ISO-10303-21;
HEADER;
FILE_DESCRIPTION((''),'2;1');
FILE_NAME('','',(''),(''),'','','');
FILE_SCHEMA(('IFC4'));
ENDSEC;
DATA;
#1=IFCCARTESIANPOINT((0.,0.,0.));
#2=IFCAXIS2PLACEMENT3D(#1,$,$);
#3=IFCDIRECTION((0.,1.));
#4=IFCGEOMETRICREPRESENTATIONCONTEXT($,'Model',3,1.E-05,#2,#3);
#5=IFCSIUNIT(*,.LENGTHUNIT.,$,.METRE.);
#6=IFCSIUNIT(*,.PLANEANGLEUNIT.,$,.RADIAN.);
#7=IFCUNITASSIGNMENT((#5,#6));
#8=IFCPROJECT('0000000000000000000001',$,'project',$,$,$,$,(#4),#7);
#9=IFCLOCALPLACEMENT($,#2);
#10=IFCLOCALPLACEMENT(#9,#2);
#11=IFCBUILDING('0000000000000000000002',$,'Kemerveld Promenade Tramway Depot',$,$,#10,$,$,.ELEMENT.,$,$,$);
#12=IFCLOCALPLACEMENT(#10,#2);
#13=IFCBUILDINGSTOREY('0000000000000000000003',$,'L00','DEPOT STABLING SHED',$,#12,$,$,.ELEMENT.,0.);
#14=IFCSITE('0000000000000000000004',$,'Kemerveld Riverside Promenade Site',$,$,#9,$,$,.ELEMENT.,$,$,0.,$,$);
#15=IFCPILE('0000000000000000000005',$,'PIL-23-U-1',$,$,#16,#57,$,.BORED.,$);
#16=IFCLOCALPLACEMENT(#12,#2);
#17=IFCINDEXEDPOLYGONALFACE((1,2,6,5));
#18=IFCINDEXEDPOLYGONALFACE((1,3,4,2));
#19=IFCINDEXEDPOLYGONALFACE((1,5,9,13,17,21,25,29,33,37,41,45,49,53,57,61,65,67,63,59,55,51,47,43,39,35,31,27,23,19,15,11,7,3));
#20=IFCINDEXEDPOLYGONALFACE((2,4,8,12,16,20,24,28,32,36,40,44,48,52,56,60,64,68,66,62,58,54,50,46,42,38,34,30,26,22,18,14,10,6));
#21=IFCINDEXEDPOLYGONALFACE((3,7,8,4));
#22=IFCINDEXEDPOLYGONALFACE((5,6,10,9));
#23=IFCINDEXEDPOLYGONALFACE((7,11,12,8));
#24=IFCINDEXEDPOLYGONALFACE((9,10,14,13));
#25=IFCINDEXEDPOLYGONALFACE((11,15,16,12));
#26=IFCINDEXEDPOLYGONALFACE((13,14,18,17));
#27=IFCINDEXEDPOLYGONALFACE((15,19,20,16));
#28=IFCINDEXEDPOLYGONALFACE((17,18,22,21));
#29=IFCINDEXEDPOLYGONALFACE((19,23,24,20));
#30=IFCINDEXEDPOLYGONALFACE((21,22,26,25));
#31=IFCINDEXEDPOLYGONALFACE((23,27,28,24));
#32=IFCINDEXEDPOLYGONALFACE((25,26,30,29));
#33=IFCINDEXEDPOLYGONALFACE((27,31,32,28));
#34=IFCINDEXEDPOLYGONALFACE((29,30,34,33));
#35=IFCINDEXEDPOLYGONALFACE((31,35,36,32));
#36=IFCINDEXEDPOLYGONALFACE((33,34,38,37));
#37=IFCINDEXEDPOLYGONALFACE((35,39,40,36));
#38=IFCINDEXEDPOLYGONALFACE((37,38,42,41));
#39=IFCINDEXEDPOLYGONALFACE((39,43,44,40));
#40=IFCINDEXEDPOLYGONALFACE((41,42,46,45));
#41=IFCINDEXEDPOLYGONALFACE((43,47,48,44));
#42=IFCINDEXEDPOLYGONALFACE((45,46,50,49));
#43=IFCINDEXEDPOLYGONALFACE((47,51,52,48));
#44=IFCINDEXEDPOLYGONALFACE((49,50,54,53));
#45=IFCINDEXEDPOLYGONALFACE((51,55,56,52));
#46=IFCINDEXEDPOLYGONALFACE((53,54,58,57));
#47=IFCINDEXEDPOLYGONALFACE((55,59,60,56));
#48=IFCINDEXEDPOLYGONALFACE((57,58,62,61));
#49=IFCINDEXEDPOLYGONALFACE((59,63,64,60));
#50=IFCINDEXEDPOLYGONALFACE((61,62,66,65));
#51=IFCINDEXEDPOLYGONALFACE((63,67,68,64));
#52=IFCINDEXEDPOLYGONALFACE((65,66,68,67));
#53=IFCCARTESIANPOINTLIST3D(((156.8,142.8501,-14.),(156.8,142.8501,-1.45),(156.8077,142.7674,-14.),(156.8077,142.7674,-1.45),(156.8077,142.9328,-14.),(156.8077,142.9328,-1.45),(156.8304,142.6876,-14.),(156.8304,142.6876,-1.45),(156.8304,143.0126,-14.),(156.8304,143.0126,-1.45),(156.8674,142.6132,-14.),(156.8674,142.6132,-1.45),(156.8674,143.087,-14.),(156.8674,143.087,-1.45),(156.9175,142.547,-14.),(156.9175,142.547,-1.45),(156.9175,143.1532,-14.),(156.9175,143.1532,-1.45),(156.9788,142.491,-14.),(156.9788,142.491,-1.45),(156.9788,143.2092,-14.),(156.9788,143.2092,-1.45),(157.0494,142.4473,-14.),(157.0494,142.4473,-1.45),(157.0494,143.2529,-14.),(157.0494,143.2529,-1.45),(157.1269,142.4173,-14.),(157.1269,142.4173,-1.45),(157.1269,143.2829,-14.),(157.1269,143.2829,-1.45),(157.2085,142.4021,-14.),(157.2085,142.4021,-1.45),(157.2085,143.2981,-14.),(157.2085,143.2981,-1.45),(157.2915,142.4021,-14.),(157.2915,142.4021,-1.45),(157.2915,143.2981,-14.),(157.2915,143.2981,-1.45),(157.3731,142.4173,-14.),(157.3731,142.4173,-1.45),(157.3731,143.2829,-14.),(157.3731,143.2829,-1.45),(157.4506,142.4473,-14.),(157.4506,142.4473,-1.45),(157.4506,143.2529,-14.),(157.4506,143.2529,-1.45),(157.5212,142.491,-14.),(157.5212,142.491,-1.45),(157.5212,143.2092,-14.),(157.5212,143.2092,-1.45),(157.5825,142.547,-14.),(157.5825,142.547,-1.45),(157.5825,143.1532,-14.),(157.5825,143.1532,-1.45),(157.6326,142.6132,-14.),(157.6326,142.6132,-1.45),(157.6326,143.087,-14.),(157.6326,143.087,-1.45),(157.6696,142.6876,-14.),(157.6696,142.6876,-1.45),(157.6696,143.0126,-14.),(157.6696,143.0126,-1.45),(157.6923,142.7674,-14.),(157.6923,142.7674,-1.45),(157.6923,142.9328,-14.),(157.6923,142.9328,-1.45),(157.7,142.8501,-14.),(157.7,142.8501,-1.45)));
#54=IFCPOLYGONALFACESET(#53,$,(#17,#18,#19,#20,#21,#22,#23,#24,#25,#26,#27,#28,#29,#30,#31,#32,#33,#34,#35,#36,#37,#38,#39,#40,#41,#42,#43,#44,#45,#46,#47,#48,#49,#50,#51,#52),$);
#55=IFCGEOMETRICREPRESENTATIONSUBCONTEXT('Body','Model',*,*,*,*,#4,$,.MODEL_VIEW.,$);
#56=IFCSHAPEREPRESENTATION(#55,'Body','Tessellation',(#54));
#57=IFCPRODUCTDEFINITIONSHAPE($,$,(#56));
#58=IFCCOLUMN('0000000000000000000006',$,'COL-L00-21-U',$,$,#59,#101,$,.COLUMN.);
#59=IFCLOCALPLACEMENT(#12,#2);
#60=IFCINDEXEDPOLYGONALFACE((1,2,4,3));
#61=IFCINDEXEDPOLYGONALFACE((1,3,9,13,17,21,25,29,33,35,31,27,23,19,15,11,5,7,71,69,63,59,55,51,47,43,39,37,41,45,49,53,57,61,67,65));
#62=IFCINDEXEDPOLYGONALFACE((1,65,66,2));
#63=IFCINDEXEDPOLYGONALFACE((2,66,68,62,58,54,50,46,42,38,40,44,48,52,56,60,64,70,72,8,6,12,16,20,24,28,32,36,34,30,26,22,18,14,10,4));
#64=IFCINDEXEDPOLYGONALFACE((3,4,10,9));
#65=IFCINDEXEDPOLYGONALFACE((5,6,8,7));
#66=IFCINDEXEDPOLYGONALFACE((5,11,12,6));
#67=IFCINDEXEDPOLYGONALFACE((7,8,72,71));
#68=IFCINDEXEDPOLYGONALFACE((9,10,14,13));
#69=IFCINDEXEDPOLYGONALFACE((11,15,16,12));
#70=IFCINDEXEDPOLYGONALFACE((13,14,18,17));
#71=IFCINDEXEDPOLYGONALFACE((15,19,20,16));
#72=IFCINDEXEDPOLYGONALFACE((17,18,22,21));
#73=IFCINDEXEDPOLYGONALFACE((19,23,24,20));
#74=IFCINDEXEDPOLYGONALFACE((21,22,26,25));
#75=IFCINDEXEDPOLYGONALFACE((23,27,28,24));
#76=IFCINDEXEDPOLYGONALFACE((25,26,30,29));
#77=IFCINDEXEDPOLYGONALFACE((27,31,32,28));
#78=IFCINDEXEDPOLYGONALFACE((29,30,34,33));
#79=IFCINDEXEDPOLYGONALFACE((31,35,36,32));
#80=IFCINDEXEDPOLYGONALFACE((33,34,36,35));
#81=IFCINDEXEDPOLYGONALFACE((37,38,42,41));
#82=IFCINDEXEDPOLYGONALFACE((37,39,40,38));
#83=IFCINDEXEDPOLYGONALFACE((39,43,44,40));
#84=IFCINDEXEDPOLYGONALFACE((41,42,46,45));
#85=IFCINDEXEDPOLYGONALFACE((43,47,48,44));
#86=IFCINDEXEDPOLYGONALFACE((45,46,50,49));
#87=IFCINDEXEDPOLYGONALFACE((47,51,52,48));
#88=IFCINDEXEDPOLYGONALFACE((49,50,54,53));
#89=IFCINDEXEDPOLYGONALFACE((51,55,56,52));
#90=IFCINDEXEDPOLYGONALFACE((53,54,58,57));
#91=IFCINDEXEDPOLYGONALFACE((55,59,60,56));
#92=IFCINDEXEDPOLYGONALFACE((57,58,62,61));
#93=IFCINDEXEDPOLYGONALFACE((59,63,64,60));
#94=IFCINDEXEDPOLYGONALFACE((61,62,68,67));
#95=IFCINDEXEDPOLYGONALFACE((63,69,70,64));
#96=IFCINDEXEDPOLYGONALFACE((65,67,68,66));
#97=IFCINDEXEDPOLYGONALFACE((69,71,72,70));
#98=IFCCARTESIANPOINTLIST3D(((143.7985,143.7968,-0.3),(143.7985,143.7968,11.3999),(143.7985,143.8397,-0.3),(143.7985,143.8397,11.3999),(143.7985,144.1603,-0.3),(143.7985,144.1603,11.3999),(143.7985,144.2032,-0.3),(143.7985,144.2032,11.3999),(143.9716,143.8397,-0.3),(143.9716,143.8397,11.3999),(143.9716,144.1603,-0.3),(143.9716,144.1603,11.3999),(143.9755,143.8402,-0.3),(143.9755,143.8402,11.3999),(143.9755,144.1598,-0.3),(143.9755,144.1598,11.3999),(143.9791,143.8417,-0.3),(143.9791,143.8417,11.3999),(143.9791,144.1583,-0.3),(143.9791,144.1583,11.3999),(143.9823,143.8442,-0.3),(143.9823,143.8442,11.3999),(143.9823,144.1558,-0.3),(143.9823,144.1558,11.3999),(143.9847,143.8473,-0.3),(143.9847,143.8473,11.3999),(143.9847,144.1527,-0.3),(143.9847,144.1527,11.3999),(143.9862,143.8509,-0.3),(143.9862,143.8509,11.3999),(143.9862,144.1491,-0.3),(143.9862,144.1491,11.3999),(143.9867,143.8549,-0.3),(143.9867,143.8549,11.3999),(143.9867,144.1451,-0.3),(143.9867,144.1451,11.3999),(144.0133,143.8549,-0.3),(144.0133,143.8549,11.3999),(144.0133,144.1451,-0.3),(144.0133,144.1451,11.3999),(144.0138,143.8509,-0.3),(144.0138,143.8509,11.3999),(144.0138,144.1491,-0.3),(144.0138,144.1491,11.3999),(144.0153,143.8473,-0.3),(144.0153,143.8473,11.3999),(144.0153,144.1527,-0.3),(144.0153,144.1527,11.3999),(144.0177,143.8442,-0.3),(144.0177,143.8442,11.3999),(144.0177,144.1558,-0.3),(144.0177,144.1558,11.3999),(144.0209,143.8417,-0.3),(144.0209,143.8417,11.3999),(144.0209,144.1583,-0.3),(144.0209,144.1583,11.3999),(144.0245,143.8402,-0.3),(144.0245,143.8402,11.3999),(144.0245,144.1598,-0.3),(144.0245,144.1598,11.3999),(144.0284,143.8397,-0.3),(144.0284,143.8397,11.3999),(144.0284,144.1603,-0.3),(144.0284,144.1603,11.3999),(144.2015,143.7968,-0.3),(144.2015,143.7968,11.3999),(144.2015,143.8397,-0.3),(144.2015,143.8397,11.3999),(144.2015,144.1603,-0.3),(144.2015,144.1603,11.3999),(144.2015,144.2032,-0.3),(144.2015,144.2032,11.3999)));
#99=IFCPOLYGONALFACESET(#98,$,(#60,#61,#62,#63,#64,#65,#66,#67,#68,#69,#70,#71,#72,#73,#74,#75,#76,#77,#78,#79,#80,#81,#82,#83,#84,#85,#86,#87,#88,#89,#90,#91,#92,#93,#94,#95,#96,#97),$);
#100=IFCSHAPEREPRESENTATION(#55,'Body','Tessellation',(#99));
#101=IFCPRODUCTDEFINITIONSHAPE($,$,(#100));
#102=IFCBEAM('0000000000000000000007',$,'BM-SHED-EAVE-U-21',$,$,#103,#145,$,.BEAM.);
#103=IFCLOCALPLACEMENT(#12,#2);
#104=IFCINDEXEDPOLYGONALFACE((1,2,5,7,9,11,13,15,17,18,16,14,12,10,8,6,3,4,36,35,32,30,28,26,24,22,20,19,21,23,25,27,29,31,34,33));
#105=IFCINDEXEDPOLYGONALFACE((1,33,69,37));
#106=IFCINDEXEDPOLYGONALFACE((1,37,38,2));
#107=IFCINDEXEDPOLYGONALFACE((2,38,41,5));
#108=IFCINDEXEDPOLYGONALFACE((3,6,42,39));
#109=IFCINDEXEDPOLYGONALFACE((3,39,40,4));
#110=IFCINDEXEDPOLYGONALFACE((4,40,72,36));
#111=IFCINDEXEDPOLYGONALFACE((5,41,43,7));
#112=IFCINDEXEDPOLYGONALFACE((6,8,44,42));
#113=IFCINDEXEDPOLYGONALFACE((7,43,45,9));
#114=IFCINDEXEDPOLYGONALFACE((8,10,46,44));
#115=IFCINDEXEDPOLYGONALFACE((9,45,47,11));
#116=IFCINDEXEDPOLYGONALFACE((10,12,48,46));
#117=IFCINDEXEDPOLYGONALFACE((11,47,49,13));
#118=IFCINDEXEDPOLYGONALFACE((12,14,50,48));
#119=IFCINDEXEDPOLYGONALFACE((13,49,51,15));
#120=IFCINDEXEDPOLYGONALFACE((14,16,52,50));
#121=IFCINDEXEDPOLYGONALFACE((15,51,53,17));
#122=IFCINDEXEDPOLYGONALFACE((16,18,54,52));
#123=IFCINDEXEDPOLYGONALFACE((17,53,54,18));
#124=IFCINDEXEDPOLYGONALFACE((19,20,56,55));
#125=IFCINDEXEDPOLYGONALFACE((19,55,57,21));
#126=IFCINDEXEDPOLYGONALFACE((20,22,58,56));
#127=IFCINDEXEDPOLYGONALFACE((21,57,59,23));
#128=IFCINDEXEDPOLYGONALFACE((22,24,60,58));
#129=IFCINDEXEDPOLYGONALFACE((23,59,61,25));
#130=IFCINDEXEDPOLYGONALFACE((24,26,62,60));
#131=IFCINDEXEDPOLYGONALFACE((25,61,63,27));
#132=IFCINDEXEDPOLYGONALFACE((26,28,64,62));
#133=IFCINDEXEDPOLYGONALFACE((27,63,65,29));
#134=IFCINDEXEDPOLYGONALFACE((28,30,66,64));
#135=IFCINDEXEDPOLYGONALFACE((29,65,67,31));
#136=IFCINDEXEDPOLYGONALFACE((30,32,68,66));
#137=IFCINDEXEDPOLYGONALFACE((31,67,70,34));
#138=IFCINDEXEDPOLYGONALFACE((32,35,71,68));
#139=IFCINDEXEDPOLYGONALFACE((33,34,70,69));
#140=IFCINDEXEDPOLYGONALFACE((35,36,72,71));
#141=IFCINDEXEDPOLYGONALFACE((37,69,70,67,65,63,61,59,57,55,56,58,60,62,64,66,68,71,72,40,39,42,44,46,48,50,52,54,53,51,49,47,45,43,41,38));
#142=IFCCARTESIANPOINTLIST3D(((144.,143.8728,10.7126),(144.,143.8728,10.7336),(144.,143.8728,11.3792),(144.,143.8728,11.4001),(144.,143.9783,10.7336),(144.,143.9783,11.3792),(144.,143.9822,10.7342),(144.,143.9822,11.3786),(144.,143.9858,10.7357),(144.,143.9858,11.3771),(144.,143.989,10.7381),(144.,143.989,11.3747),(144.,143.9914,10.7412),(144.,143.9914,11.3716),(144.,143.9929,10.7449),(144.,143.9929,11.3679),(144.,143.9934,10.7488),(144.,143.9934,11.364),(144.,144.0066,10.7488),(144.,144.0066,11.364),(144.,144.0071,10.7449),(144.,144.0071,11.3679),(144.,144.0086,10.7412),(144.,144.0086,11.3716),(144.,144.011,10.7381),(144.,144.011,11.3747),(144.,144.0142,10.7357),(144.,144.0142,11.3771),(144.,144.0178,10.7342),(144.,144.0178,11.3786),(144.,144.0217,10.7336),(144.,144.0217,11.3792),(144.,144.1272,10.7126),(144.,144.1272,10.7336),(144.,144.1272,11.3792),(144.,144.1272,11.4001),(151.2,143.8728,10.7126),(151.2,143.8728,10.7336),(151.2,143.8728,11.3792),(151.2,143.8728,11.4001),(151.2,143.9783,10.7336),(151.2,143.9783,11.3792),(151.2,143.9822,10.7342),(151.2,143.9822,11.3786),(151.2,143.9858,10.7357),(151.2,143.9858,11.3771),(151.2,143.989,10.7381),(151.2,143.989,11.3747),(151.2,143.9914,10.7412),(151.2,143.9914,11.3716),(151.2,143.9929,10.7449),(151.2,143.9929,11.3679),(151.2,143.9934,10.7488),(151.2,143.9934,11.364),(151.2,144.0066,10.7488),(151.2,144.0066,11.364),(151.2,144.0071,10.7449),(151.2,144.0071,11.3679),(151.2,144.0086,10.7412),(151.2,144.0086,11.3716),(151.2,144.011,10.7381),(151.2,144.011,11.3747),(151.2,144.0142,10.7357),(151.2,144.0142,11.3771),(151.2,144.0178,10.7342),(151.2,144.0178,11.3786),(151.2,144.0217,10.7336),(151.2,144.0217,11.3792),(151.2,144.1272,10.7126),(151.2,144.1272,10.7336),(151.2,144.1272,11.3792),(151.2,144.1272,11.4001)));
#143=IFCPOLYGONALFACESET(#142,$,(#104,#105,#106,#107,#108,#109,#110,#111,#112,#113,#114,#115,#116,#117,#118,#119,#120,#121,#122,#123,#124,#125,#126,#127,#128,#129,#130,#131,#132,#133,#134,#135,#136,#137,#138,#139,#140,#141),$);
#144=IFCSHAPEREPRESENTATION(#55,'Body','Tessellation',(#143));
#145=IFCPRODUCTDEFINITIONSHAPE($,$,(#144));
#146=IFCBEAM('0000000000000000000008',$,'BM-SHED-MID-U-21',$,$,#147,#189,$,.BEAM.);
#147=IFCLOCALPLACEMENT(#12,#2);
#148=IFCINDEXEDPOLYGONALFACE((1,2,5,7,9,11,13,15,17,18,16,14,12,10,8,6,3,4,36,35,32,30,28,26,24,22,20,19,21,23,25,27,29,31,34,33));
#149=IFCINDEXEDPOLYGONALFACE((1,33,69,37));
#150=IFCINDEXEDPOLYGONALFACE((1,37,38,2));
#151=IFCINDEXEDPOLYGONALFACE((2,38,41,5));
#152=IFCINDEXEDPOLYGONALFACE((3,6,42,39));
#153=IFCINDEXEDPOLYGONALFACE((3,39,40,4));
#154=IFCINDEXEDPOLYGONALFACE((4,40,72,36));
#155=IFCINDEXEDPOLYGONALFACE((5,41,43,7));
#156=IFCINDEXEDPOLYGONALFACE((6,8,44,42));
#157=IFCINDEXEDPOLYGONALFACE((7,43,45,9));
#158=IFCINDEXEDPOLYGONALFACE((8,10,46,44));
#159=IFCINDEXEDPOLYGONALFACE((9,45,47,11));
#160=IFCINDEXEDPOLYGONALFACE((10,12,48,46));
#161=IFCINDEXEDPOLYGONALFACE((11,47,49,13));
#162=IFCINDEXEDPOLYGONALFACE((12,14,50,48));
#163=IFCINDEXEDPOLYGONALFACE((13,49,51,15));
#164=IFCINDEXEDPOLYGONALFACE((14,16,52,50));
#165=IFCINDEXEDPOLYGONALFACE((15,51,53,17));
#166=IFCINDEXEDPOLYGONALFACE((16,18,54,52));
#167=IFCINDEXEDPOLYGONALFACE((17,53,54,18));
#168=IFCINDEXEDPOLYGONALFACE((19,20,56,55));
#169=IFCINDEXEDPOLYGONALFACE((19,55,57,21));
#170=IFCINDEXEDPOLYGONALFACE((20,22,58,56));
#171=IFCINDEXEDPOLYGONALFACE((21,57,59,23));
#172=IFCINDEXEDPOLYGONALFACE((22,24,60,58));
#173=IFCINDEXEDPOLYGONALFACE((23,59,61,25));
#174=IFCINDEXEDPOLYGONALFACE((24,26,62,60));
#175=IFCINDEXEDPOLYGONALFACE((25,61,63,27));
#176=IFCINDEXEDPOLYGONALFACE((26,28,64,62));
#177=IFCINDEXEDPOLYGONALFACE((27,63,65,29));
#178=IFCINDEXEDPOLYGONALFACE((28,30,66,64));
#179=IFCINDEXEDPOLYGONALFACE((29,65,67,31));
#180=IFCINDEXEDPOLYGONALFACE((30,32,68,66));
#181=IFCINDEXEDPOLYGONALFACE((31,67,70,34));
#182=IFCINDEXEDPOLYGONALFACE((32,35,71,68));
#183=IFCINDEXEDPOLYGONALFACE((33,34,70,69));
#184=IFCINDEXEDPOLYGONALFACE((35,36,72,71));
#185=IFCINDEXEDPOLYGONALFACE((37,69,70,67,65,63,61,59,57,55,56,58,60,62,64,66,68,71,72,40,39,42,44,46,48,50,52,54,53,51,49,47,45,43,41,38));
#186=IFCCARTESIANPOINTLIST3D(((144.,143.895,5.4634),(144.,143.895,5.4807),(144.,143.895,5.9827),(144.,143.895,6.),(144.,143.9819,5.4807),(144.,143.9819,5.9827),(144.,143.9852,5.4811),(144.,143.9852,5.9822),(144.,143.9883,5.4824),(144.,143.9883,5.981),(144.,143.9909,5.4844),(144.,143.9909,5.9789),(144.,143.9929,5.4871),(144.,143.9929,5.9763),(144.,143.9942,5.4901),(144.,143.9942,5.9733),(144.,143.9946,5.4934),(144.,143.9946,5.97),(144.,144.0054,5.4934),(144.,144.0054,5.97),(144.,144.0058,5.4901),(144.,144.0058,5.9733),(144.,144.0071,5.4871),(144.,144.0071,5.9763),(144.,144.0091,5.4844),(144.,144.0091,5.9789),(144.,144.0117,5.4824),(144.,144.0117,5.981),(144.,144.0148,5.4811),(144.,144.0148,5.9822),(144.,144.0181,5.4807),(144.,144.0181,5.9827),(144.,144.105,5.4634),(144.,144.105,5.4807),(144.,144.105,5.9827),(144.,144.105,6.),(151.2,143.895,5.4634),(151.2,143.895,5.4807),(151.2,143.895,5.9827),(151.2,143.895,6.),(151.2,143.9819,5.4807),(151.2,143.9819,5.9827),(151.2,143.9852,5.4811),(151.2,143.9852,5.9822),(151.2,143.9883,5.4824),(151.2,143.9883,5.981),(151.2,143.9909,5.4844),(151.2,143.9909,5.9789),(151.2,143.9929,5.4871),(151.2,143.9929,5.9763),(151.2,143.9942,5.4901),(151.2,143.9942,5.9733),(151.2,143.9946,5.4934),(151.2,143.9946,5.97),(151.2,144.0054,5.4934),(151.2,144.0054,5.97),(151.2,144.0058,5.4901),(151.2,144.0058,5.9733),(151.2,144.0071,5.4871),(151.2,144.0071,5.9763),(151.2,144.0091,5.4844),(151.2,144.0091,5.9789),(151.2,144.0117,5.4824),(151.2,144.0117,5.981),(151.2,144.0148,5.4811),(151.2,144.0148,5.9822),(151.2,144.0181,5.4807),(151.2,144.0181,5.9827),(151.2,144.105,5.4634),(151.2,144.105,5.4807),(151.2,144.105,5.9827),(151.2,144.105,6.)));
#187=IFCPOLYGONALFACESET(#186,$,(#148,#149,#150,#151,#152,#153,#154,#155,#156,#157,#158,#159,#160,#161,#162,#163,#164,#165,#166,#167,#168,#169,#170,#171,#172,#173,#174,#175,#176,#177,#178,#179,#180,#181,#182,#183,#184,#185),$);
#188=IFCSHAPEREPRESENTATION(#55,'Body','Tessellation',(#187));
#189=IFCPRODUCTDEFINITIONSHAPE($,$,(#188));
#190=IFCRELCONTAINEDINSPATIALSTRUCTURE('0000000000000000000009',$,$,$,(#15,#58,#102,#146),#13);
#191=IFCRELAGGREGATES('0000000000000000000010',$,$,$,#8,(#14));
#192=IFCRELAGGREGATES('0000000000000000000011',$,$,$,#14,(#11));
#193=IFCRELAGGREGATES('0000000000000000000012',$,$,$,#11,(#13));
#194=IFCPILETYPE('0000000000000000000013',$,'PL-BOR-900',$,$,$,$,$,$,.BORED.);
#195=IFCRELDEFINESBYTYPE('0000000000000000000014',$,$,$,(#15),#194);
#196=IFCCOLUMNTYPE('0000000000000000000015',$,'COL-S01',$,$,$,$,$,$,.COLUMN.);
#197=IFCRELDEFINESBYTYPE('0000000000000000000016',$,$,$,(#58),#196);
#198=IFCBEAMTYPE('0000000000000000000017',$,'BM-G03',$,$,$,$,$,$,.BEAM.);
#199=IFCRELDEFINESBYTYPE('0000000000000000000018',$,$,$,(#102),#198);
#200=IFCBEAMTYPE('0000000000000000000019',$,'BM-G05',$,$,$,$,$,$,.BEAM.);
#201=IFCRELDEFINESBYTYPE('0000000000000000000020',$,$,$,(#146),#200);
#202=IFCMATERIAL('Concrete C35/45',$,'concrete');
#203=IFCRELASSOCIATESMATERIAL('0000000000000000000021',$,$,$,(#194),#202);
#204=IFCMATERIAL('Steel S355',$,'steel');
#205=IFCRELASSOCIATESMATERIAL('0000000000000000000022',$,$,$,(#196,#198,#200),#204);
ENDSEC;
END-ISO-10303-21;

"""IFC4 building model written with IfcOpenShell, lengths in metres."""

from ifc_helpers import new_model, si_unit, direction, frame, origin, origin_2d, place, context, subcontext, project, spatial, circle, i_section, extrude, material, material_profile, profile_set, type_object, element, save


model = new_model("IFC4")

# Units and contexts
model_context = context("Model", 3, precision=1e-05, world=origin(), true_north=direction((0.0, 1.0)))
body_context = subcontext(model_context, "Body", "Model", "MODEL_VIEW")
ifc_project = project(units=[si_unit("LENGTHUNIT", "METRE"), si_unit("PLANEANGLEUNIT", "RADIAN")], contexts=[model_context])

# Site, building, storey
site_placement = place(None, origin())
site = spatial("IfcSite", under=ifc_project, at=site_placement, Name="Kemerveld Riverside Promenade Site", CompositionType="ELEMENT", RefElevation=0.0)
building_placement = place(site_placement, origin())
building = spatial("IfcBuilding", under=site, at=building_placement, Name="Kemerveld Promenade Tramway Depot", CompositionType="ELEMENT")
storey_placement = place(building_placement, origin())
storey = spatial("IfcBuildingStorey", under=building, at=storey_placement, Name="L00", Description="DEPOT STABLING SHED", CompositionType="ELEMENT", Elevation=0.0)

# Shared definitions
ifc_material_1 = material(Name="Concrete C35/45", Category="concrete")

# Pile
ifc_material_profile_1 = material_profile(ifc_material_1, circle(Radius=0.45, at=origin_2d()), Name="PILE-D900")
ifc_profile_set_1 = profile_set([ifc_material_profile_1], Name="Concrete C35/45")
pile_type_1 = type_object("IfcPileType", Name="PL-BOR-900", PredefinedType="BORED", material=ifc_profile_set_1)
pile_placement = place(storey_placement, frame((157.25, 142.8501, -1.45), z_axis=(0.0, 0.0, -1.0), x_axis=(1.0, 0.0, 0.0)))
element("IfcPile", 1, at=pile_placement, inside=storey, type_object=pile_type_1, Name="PIL-23-U-1", PredefinedType="BORED", context=body_context, shape_type="SweptSolid", body=[
    extrude(circle(Radius=0.45, at=origin_2d()), origin(), (0.0, 0.0, 1.0), 12.55),
])

# Column
ifc_material_2 = material(Name="Steel S355", Category="steel")
ifc_material_profile_2 = material_profile(ifc_material_2, i_section(OverallWidth=0.4031, OverallDepth=0.4065, WebThickness=0.0266, FlangeThickness=0.043, FilletRadius=0.0151, at=origin_2d()), Name="356x406x340 UC")
ifc_profile_set_2 = profile_set([ifc_material_profile_2], Name="Steel S355")
column_type = type_object("IfcColumnType", Name="COL-S01", PredefinedType="COLUMN", material=ifc_profile_set_2)
column_placement = place(storey_placement, frame((144.0, 144.0, -0.3), z_axis=(0.0, 0.0, 1.0), x_axis=(1.0, 0.0, 0.0)))
element("IfcColumn", 2, at=column_placement, inside=storey, type_object=column_type, Name="COL-L00-21-U", PredefinedType="COLUMN", context=body_context, shape_type="SweptSolid", body=[
    extrude(i_section(OverallWidth=0.4031, OverallDepth=0.4065, WebThickness=0.0266, FlangeThickness=0.043, FilletRadius=0.0151, at=origin_2d()), origin(), (0.0, 0.0, 1.0), 11.7),
])

# Beams
ifc_material_profile_3 = material_profile(ifc_material_2, i_section(OverallWidth=0.2544, OverallDepth=0.6875, WebThickness=0.0132, FlangeThickness=0.021, FilletRadius=0.0151, at=origin_2d()), Name="686x254x152 UB")
ifc_profile_set_3 = profile_set([ifc_material_profile_3], Name="Steel S355")
beam_type_1 = type_object("IfcBeamType", Name="BM-G03", PredefinedType="BEAM", material=ifc_profile_set_3)
beam_1_placement = place(storey_placement, frame((144.0, 144.0, 11.0564), z_axis=(1.0, 0.0, 0.0), x_axis=(0.0, 1.0, 0.0)))
element("IfcBeam", 3, at=beam_1_placement, inside=storey, type_object=beam_type_1, Name="BM-SHED-EAVE-U-21", PredefinedType="BEAM", context=body_context, shape_type="SweptSolid", body=[
    extrude(i_section(OverallWidth=0.2544, OverallDepth=0.6875, WebThickness=0.0132, FlangeThickness=0.021, FilletRadius=0.0151, at=origin_2d()), origin(), (0.0, 0.0, 1.0), 7.2),
])
ifc_material_profile_4 = material_profile(ifc_material_2, i_section(OverallWidth=0.21, OverallDepth=0.5366, WebThickness=0.0107, FlangeThickness=0.0173, FilletRadius=0.0127, at=origin_2d()), Name="533x210x101 UB")
ifc_profile_set_4 = profile_set([ifc_material_profile_4], Name="Steel S355")
beam_type_2 = type_object("IfcBeamType", Name="BM-G05", PredefinedType="BEAM", material=ifc_profile_set_4)
beam_2_placement = place(storey_placement, frame((144.0, 144.0, 5.7317), z_axis=(1.0, 0.0, 0.0), x_axis=(0.0, 1.0, 0.0)))
element("IfcBeam", 4, at=beam_2_placement, inside=storey, type_object=beam_type_2, Name="BM-SHED-MID-U-21", PredefinedType="BEAM", context=body_context, shape_type="SweptSolid", body=[
    extrude(i_section(OverallWidth=0.21, OverallDepth=0.5366, WebThickness=0.0107, FlangeThickness=0.0173, FilletRadius=0.0127, at=origin_2d()), origin(), (0.0, 0.0, 1.0), 7.2),
])

save(model, "model.ifc")
